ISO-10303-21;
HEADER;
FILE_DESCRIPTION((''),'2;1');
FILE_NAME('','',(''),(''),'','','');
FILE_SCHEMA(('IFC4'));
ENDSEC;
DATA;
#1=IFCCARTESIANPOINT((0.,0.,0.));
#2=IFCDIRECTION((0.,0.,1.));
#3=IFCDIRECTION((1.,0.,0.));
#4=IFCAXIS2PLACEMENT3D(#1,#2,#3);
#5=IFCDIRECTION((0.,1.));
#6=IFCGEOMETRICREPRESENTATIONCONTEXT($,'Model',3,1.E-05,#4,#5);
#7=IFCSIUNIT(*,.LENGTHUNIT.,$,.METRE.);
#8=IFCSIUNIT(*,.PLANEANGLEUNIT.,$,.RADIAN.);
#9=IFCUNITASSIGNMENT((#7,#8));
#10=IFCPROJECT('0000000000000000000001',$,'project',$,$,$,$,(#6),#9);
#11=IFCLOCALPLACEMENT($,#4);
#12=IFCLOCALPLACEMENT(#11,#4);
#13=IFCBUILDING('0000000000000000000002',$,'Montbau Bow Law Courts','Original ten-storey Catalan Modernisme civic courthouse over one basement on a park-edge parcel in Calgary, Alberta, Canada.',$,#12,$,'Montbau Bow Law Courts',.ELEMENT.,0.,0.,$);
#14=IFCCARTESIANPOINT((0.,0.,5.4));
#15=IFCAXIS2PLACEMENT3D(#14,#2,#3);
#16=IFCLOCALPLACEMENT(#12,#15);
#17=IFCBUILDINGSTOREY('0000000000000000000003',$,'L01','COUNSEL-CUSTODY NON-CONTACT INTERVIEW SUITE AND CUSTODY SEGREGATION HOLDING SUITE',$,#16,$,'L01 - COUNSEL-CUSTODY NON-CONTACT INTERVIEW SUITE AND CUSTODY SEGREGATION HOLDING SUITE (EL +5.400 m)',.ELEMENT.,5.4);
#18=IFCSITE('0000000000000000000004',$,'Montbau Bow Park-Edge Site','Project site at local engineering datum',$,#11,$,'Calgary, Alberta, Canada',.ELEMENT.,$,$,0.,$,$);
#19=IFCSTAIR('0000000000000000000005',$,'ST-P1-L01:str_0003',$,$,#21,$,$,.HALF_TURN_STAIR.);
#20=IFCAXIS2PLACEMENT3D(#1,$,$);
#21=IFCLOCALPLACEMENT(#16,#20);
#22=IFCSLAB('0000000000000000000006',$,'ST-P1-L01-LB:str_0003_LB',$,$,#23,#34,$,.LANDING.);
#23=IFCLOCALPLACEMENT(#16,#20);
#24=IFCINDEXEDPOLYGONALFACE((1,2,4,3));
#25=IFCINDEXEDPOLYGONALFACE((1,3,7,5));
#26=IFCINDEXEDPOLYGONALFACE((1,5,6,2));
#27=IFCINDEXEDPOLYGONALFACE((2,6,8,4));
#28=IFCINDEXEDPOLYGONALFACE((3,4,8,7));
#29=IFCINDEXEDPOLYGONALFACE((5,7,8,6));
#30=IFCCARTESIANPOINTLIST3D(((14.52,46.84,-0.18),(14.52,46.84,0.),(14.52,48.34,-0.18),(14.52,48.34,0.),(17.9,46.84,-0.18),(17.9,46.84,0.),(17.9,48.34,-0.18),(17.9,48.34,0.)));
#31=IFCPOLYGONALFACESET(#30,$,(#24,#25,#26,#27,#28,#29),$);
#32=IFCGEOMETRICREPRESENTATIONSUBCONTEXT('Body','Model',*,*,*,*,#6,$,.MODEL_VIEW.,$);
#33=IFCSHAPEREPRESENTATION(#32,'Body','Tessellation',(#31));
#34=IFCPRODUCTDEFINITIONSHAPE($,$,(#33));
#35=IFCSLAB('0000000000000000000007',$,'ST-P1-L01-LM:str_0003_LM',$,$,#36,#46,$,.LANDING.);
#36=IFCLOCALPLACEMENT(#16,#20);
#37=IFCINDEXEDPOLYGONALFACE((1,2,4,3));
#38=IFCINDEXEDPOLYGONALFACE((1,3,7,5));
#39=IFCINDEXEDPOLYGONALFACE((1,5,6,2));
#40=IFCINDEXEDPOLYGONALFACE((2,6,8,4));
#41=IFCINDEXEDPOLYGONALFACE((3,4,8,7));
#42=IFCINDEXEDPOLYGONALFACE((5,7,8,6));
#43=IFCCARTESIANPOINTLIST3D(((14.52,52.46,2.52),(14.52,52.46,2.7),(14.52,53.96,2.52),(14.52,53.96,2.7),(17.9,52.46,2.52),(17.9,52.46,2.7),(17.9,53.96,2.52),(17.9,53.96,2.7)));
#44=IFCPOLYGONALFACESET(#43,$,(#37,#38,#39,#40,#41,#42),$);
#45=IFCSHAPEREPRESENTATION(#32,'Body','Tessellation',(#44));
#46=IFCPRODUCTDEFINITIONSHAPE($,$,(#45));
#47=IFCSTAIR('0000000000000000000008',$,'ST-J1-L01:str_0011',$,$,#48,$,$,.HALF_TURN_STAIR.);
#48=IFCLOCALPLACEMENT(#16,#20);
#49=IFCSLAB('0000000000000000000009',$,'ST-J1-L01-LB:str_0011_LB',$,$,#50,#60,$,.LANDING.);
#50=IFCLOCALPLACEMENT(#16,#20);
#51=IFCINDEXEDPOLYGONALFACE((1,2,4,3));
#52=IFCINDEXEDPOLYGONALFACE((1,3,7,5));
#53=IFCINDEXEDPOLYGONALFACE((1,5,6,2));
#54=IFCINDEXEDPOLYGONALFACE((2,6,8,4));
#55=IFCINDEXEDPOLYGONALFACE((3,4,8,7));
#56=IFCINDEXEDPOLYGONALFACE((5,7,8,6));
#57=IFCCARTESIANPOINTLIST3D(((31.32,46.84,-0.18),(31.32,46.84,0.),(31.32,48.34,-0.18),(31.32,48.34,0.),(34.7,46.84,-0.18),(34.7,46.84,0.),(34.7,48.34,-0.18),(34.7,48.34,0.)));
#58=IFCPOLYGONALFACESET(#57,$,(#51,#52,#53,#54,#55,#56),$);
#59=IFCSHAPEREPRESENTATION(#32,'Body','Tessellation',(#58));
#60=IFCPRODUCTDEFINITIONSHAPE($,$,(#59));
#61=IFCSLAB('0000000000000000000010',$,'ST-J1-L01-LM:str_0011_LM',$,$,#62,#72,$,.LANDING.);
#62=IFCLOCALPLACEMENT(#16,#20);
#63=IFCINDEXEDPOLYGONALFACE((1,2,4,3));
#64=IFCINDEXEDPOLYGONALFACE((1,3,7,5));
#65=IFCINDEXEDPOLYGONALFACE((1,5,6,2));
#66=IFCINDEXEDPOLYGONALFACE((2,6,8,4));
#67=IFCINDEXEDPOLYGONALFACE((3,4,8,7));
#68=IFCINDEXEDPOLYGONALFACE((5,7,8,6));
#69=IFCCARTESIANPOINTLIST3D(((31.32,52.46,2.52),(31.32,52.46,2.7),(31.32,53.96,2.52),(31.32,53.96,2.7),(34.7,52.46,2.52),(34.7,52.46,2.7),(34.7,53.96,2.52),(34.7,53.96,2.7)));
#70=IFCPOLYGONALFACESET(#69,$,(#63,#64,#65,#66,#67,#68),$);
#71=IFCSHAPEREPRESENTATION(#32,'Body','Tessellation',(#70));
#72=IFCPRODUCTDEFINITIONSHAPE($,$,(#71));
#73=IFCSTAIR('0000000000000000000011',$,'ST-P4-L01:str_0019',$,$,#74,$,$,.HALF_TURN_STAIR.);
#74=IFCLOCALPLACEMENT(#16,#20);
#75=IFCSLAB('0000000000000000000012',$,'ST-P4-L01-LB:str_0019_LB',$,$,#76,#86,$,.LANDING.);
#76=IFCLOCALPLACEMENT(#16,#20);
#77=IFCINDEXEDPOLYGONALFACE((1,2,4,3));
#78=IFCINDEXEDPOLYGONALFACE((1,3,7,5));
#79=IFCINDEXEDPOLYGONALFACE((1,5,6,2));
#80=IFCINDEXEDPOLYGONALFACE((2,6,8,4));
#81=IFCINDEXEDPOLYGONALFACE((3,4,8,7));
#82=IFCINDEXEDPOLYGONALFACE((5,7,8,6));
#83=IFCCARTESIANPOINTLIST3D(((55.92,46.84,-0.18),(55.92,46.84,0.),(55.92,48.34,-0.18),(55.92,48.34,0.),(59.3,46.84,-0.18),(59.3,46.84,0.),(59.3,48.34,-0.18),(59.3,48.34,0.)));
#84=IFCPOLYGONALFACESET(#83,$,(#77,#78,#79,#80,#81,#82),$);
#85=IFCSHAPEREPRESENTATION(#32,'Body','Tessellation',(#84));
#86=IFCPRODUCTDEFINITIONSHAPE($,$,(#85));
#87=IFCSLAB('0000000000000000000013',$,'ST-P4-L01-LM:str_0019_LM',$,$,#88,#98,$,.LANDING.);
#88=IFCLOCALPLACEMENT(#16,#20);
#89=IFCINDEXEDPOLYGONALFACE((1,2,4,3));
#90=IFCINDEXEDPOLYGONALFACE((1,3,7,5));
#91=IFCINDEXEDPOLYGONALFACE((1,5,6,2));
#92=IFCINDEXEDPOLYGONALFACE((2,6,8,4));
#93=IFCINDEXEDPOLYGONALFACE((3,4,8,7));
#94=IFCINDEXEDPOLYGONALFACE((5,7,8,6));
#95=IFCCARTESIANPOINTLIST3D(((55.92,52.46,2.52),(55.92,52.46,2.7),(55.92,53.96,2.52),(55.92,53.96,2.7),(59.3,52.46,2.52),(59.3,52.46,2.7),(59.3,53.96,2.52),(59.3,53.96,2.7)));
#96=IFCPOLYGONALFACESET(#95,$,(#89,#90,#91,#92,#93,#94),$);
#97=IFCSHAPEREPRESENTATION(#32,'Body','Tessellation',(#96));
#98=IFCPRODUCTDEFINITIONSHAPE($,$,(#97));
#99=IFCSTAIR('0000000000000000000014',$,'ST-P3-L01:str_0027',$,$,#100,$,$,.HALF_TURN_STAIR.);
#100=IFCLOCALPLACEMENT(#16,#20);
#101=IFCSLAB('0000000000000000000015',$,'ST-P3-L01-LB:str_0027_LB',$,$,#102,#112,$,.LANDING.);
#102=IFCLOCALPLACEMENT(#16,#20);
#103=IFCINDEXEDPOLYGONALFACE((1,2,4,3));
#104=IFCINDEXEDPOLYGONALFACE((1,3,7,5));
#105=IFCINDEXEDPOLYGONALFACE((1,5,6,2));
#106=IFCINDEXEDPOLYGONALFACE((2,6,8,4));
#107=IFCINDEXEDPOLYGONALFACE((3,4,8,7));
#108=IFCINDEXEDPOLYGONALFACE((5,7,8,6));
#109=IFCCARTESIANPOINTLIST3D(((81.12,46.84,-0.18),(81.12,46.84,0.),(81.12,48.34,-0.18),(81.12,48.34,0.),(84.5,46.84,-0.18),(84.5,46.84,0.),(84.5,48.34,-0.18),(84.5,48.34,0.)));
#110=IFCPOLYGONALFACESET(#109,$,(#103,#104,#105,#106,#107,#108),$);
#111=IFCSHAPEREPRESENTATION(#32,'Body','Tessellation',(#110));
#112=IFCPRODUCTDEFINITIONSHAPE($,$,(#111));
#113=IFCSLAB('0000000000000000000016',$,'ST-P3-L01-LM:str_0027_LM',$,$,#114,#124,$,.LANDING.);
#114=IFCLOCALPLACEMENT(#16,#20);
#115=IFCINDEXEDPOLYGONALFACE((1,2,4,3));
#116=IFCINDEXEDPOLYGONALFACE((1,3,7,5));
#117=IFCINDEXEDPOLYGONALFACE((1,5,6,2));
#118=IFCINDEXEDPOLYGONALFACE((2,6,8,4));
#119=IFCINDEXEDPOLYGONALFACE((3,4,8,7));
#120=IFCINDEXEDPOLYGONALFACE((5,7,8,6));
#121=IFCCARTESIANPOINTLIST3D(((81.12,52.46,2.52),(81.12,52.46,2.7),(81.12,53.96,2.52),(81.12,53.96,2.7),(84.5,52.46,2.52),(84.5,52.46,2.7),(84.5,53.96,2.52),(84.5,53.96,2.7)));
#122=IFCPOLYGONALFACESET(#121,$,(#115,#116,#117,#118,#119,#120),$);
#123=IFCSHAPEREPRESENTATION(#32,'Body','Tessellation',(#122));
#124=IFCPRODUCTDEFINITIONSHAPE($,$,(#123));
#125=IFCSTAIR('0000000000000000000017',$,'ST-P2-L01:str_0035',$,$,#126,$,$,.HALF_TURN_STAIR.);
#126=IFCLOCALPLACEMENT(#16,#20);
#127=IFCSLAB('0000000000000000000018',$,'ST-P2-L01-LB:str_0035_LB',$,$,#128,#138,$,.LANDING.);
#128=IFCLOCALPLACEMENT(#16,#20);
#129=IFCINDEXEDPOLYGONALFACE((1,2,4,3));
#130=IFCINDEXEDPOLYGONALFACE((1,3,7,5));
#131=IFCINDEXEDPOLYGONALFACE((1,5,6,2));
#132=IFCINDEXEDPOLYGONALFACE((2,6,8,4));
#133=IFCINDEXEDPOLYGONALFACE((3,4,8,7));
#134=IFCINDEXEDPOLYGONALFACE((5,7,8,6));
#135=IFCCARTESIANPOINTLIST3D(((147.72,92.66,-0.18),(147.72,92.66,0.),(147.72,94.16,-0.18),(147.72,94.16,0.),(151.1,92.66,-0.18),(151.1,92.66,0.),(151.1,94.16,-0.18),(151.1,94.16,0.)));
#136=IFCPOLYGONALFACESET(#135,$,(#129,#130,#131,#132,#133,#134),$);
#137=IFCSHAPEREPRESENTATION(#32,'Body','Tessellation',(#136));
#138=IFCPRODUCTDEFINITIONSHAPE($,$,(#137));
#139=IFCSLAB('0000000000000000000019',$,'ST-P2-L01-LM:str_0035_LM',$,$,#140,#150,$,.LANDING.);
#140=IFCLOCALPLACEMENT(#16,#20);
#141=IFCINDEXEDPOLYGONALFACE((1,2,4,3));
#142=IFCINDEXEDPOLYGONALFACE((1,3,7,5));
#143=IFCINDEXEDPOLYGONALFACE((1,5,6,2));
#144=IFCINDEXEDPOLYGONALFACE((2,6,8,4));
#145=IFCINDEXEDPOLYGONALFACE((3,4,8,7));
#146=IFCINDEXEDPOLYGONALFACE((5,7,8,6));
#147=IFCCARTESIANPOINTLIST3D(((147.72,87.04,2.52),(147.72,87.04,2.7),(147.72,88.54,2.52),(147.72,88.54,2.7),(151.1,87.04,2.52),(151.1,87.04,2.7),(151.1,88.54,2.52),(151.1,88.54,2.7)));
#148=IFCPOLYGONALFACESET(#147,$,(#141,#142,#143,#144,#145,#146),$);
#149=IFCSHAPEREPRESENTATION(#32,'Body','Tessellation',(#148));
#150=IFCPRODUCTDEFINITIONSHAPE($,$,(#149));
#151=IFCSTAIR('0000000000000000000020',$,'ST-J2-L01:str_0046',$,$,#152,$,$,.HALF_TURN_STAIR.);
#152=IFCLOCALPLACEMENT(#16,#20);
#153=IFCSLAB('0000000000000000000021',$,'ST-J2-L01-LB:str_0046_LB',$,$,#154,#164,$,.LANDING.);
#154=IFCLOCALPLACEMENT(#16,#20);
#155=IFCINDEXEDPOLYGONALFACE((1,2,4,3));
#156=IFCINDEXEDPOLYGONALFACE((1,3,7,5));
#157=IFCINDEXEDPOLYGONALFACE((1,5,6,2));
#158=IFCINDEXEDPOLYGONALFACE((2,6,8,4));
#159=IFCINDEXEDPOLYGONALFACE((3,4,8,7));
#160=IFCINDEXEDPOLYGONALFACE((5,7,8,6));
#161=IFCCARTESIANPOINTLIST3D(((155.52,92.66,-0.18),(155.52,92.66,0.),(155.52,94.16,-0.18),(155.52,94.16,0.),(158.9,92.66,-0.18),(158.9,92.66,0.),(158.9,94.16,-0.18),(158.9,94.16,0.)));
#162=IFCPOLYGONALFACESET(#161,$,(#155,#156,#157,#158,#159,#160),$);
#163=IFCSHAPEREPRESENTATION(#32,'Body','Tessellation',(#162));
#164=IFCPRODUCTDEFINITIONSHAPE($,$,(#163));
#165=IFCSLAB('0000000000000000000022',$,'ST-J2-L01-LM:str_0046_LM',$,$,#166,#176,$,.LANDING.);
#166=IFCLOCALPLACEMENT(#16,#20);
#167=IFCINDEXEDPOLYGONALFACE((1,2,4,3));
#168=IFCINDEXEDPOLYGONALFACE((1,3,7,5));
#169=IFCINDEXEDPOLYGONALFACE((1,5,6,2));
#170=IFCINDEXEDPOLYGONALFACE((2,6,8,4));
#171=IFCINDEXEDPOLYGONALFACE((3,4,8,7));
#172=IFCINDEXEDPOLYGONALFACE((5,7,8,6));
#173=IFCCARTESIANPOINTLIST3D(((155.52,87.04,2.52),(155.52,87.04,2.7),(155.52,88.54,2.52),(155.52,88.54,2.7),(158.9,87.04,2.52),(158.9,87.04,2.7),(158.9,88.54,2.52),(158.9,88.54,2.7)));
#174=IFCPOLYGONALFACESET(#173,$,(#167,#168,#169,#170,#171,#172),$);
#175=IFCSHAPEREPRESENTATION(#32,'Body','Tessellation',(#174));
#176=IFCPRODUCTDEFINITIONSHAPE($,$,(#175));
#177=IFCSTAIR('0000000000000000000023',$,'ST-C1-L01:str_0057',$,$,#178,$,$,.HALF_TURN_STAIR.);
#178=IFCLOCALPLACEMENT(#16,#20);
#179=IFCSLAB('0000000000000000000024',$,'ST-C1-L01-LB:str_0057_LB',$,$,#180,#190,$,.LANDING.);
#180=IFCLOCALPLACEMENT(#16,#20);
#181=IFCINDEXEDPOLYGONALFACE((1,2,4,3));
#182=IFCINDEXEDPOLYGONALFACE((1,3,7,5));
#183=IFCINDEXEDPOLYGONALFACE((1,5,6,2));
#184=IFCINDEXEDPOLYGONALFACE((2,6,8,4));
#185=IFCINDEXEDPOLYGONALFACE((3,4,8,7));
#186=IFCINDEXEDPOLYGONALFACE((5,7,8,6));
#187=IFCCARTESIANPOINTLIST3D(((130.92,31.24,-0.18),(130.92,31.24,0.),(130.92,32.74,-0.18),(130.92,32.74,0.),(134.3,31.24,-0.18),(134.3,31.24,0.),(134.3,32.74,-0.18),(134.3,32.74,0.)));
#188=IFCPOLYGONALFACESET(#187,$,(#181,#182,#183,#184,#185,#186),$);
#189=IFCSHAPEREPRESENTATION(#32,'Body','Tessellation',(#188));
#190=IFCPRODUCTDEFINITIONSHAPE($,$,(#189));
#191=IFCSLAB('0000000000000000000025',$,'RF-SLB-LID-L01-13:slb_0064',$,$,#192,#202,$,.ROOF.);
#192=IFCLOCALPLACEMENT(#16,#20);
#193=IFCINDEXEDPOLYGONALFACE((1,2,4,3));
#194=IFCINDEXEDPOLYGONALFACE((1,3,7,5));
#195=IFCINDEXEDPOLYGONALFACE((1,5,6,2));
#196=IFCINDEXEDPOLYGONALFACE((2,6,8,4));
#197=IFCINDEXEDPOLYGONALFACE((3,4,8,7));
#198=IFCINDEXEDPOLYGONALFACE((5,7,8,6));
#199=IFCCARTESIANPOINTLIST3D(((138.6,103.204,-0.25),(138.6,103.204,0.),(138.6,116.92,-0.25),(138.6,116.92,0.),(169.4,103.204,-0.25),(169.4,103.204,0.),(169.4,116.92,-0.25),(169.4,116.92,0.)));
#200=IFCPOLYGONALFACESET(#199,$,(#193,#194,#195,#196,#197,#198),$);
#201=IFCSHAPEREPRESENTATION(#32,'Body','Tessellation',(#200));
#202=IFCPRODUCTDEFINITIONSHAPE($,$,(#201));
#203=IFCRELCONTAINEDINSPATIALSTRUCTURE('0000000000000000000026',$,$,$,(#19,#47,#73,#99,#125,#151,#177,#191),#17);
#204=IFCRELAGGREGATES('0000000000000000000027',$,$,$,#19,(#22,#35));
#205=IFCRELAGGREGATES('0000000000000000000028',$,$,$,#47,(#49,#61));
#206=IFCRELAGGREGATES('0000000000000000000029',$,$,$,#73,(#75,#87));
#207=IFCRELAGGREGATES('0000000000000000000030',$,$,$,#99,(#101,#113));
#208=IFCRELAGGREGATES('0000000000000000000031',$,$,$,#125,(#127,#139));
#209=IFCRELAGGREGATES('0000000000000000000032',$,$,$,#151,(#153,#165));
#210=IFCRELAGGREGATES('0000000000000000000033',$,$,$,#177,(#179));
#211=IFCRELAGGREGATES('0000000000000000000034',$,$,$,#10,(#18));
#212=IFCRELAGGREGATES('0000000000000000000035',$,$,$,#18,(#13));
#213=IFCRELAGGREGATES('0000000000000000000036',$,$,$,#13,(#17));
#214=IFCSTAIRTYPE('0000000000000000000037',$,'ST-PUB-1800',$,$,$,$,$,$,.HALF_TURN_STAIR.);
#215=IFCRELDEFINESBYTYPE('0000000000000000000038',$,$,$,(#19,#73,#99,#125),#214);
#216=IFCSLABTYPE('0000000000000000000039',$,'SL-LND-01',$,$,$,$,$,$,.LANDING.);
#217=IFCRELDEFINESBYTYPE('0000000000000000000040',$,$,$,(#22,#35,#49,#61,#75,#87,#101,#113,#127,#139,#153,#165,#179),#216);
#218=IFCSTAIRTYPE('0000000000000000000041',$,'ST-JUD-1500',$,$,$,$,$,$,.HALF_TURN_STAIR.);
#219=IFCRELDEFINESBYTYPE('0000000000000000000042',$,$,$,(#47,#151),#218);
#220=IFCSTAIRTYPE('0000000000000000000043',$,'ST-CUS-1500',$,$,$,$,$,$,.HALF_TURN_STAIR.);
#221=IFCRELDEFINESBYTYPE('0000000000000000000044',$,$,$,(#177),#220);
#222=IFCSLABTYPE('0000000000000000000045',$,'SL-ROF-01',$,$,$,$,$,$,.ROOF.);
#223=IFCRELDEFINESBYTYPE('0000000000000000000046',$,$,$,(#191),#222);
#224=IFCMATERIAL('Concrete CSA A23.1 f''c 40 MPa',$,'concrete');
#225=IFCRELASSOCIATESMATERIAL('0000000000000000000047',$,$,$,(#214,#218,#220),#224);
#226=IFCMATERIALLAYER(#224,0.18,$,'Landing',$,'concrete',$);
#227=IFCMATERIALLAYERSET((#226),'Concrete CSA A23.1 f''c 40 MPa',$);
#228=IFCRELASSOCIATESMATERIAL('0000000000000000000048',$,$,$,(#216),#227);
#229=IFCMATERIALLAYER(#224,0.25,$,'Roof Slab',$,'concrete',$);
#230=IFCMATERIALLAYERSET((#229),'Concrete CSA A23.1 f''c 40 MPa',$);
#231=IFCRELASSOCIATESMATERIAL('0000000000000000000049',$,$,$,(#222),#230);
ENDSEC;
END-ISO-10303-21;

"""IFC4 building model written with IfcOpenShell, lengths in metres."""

from ifc_helpers import new_model, si_unit, direction, frame, origin_with_axes, place, context, subcontext, project, spatial, polyline, outline, extrude, material, layer, layer_set, type_object, element, aggregate, save


model = new_model("IFC4")

# Units and contexts
model_context = context("Model", 3, precision=1e-05, world=origin_with_axes(), true_north=direction((0.0, 1.0)))
body_context = subcontext(model_context, "Body", "Model", "MODEL_VIEW")
ifc_project = project(units=[si_unit("LENGTHUNIT", "METRE"), si_unit("PLANEANGLEUNIT", "RADIAN")], contexts=[model_context])

# Site, building, storey
site_placement = place(None, origin_with_axes())
site = spatial("IfcSite", under=ifc_project, at=site_placement, Name="Montbau Bow Park-Edge Site", Description="Project site at local engineering datum", LongName="Calgary, Alberta, Canada", CompositionType="ELEMENT", RefElevation=0.0)
building_placement = place(site_placement, origin_with_axes())
building = spatial("IfcBuilding", under=site, at=building_placement, Name="Montbau Bow Law Courts", Description="Original ten-storey Catalan Modernisme civic courthouse over one basement on a park-edge parcel in Calgary, Alberta, Canada.", LongName="Montbau Bow Law Courts", CompositionType="ELEMENT", ElevationOfRefHeight=0.0, ElevationOfTerrain=0.0)
storey_placement = place(building_placement, frame((0.0, 0.0, 5.4), z_axis=(0.0, 0.0, 1.0), x_axis=(1.0, 0.0, 0.0)))
storey = spatial("IfcBuildingStorey", under=building, at=storey_placement, Name="L01", Description="COUNSEL-CUSTODY NON-CONTACT INTERVIEW SUITE AND CUSTODY SEGREGATION HOLDING SUITE", LongName="L01 - COUNSEL-CUSTODY NON-CONTACT INTERVIEW SUITE AND CUSTODY SEGREGATION HOLDING SUITE (EL +5.400 m)", CompositionType="ELEMENT", Elevation=5.4)

# Stairs, slabs
ifc_material = material(Name="Concrete CSA A23.1 f'c 40 MPa", Category="concrete")
stair_type_1 = type_object("IfcStairType", Name="ST-PUB-1800", PredefinedType="HALF_TURN_STAIR", material=ifc_material)
stair_1_placement = place(None, frame((15.29, 48.3, 5.4), z_axis=(0.0, 0.0, 1.0), x_axis=(1.0, 0.0, 0.0)))
stair_1 = element("IfcStair", 1, at=stair_1_placement, inside=storey, type_object=stair_type_1, Name="ST-P1-L01:str_0003", PredefinedType="HALF_TURN_STAIR")
ifc_layer_1 = layer(ifc_material, 0.18, Name="Landing", Category="concrete")
ifc_layer_set_1 = layer_set([ifc_layer_1], Name="Concrete CSA A23.1 f'c 40 MPa")
slab_type_1 = type_object("IfcSlabType", Name="SL-LND-01", PredefinedType="LANDING", material=ifc_layer_set_1)
slab_1_placement = place(None, frame((0.0, 0.0, 5.22), z_axis=(0.0, 0.0, 1.0), x_axis=(1.0, 0.0, 0.0)))
slab_1 = element("IfcSlab", 2, at=slab_1_placement, type_object=slab_type_1, Name="ST-P1-L01-LB:str_0003_LB", PredefinedType="LANDING", context=body_context, shape_type="SweptSolid", body=[
    extrude(outline(polyline([(14.52, 46.84), (17.9, 46.84), (17.9, 48.34), (14.52, 48.34), (14.52, 46.84)])), origin_with_axes(), (0.0, 0.0, 1.0), 0.18),
])
slab_2_placement = place(None, frame((0.0, 0.0, 7.92), z_axis=(0.0, 0.0, 1.0), x_axis=(1.0, 0.0, 0.0)))
slab_2 = element("IfcSlab", 3, at=slab_2_placement, type_object=slab_type_1, Name="ST-P1-L01-LM:str_0003_LM", PredefinedType="LANDING", context=body_context, shape_type="SweptSolid", body=[
    extrude(outline(polyline([(14.52, 52.46), (17.9, 52.46), (17.9, 53.96), (14.52, 53.96), (14.52, 52.46)])), origin_with_axes(), (0.0, 0.0, 1.0), 0.18),
])
aggregate(stair_1, [slab_1, slab_2])
stair_type_2 = type_object("IfcStairType", Name="ST-JUD-1500", PredefinedType="HALF_TURN_STAIR", material=ifc_material)
stair_2_placement = place(None, frame((32.05, 48.3, 5.4), z_axis=(0.0, 0.0, 1.0), x_axis=(1.0, 0.0, 0.0)))
stair_2 = element("IfcStair", 4, at=stair_2_placement, inside=storey, type_object=stair_type_2, Name="ST-J1-L01:str_0011", PredefinedType="HALF_TURN_STAIR")
slab_3_placement = place(None, frame((0.0, 0.0, 5.22), z_axis=(0.0, 0.0, 1.0), x_axis=(1.0, 0.0, 0.0)))
slab_3 = element("IfcSlab", 5, at=slab_3_placement, type_object=slab_type_1, Name="ST-J1-L01-LB:str_0011_LB", PredefinedType="LANDING", context=body_context, shape_type="SweptSolid", body=[
    extrude(outline(polyline([(31.32, 46.84), (34.7, 46.84), (34.7, 48.34), (31.32, 48.34), (31.32, 46.84)])), origin_with_axes(), (0.0, 0.0, 1.0), 0.18),
])
slab_4_placement = place(None, frame((0.0, 0.0, 7.92), z_axis=(0.0, 0.0, 1.0), x_axis=(1.0, 0.0, 0.0)))
slab_4 = element("IfcSlab", 6, at=slab_4_placement, type_object=slab_type_1, Name="ST-J1-L01-LM:str_0011_LM", PredefinedType="LANDING", context=body_context, shape_type="SweptSolid", body=[
    extrude(outline(polyline([(31.32, 52.46), (34.7, 52.46), (34.7, 53.96), (31.32, 53.96), (31.32, 52.46)])), origin_with_axes(), (0.0, 0.0, 1.0), 0.18),
])
aggregate(stair_2, [slab_3, slab_4])
stair_3_placement = place(None, frame((56.69, 48.3, 5.4), z_axis=(0.0, 0.0, 1.0), x_axis=(1.0, 0.0, 0.0)))
stair_3 = element("IfcStair", 7, at=stair_3_placement, inside=storey, type_object=stair_type_1, Name="ST-P4-L01:str_0019", PredefinedType="HALF_TURN_STAIR")
slab_5_placement = place(None, frame((0.0, 0.0, 5.22), z_axis=(0.0, 0.0, 1.0), x_axis=(1.0, 0.0, 0.0)))
slab_5 = element("IfcSlab", 8, at=slab_5_placement, type_object=slab_type_1, Name="ST-P4-L01-LB:str_0019_LB", PredefinedType="LANDING", context=body_context, shape_type="SweptSolid", body=[
    extrude(outline(polyline([(55.92, 46.84), (59.3, 46.84), (59.3, 48.34), (55.92, 48.34), (55.92, 46.84)])), origin_with_axes(), (0.0, 0.0, 1.0), 0.18),
])
slab_6_placement = place(None, frame((0.0, 0.0, 7.92), z_axis=(0.0, 0.0, 1.0), x_axis=(1.0, 0.0, 0.0)))
slab_6 = element("IfcSlab", 9, at=slab_6_placement, type_object=slab_type_1, Name="ST-P4-L01-LM:str_0019_LM", PredefinedType="LANDING", context=body_context, shape_type="SweptSolid", body=[
    extrude(outline(polyline([(55.92, 52.46), (59.3, 52.46), (59.3, 53.96), (55.92, 53.96), (55.92, 52.46)])), origin_with_axes(), (0.0, 0.0, 1.0), 0.18),
])
aggregate(stair_3, [slab_5, slab_6])
stair_4_placement = place(None, frame((81.89, 48.3, 5.4), z_axis=(0.0, 0.0, 1.0), x_axis=(1.0, 0.0, 0.0)))
stair_4 = element("IfcStair", 10, at=stair_4_placement, inside=storey, type_object=stair_type_1, Name="ST-P3-L01:str_0027", PredefinedType="HALF_TURN_STAIR")
slab_7_placement = place(None, frame((0.0, 0.0, 5.22), z_axis=(0.0, 0.0, 1.0), x_axis=(1.0, 0.0, 0.0)))
slab_7 = element("IfcSlab", 11, at=slab_7_placement, type_object=slab_type_1, Name="ST-P3-L01-LB:str_0027_LB", PredefinedType="LANDING", context=body_context, shape_type="SweptSolid", body=[
    extrude(outline(polyline([(81.12, 46.84), (84.5, 46.84), (84.5, 48.34), (81.12, 48.34), (81.12, 46.84)])), origin_with_axes(), (0.0, 0.0, 1.0), 0.18),
])
slab_8_placement = place(None, frame((0.0, 0.0, 7.92), z_axis=(0.0, 0.0, 1.0), x_axis=(1.0, 0.0, 0.0)))
slab_8 = element("IfcSlab", 12, at=slab_8_placement, type_object=slab_type_1, Name="ST-P3-L01-LM:str_0027_LM", PredefinedType="LANDING", context=body_context, shape_type="SweptSolid", body=[
    extrude(outline(polyline([(81.12, 52.46), (84.5, 52.46), (84.5, 53.96), (81.12, 53.96), (81.12, 52.46)])), origin_with_axes(), (0.0, 0.0, 1.0), 0.18),
])
aggregate(stair_4, [slab_7, slab_8])
stair_5_placement = place(None, frame((148.49, 92.7, 5.4), z_axis=(0.0, 0.0, 1.0), x_axis=(1.0, 0.0, 0.0)))
stair_5 = element("IfcStair", 13, at=stair_5_placement, inside=storey, type_object=stair_type_1, Name="ST-P2-L01:str_0035", PredefinedType="HALF_TURN_STAIR")
slab_9_placement = place(None, frame((0.0, 0.0, 5.22), z_axis=(0.0, 0.0, 1.0), x_axis=(1.0, 0.0, 0.0)))
slab_9 = element("IfcSlab", 14, at=slab_9_placement, type_object=slab_type_1, Name="ST-P2-L01-LB:str_0035_LB", PredefinedType="LANDING", context=body_context, shape_type="SweptSolid", body=[
    extrude(outline(polyline([(147.72, 92.66), (151.1, 92.66), (151.1, 94.16), (147.72, 94.16), (147.72, 92.66)])), origin_with_axes(), (0.0, 0.0, 1.0), 0.18),
])
slab_10_placement = place(None, frame((0.0, 0.0, 7.92), z_axis=(0.0, 0.0, 1.0), x_axis=(1.0, 0.0, 0.0)))
slab_10 = element("IfcSlab", 15, at=slab_10_placement, type_object=slab_type_1, Name="ST-P2-L01-LM:str_0035_LM", PredefinedType="LANDING", context=body_context, shape_type="SweptSolid", body=[
    extrude(outline(polyline([(147.72, 87.04), (151.1, 87.04), (151.1, 88.54), (147.72, 88.54), (147.72, 87.04)])), origin_with_axes(), (0.0, 0.0, 1.0), 0.18),
])
aggregate(stair_5, [slab_9, slab_10])
stair_6_placement = place(None, frame((156.25, 92.7, 5.4), z_axis=(0.0, 0.0, 1.0), x_axis=(1.0, 0.0, 0.0)))
stair_6 = element("IfcStair", 16, at=stair_6_placement, inside=storey, type_object=stair_type_2, Name="ST-J2-L01:str_0046", PredefinedType="HALF_TURN_STAIR")
slab_11_placement = place(None, frame((0.0, 0.0, 5.22), z_axis=(0.0, 0.0, 1.0), x_axis=(1.0, 0.0, 0.0)))
slab_11 = element("IfcSlab", 17, at=slab_11_placement, type_object=slab_type_1, Name="ST-J2-L01-LB:str_0046_LB", PredefinedType="LANDING", context=body_context, shape_type="SweptSolid", body=[
    extrude(outline(polyline([(155.52, 92.66), (158.9, 92.66), (158.9, 94.16), (155.52, 94.16), (155.52, 92.66)])), origin_with_axes(), (0.0, 0.0, 1.0), 0.18),
])
slab_12_placement = place(None, frame((0.0, 0.0, 7.92), z_axis=(0.0, 0.0, 1.0), x_axis=(1.0, 0.0, 0.0)))
slab_12 = element("IfcSlab", 18, at=slab_12_placement, type_object=slab_type_1, Name="ST-J2-L01-LM:str_0046_LM", PredefinedType="LANDING", context=body_context, shape_type="SweptSolid", body=[
    extrude(outline(polyline([(155.52, 87.04), (158.9, 87.04), (158.9, 88.54), (155.52, 88.54), (155.52, 87.04)])), origin_with_axes(), (0.0, 0.0, 1.0), 0.18),
])
aggregate(stair_6, [slab_11, slab_12])

# Stair, slab
stair_type_3 = type_object("IfcStairType", Name="ST-CUS-1500", PredefinedType="HALF_TURN_STAIR", material=ifc_material)
stair_7_placement = place(None, frame((131.65, 32.7, 5.4), z_axis=(0.0, 0.0, 1.0), x_axis=(1.0, 0.0, 0.0)))
stair_7 = element("IfcStair", 19, at=stair_7_placement, inside=storey, type_object=stair_type_3, Name="ST-C1-L01:str_0057", PredefinedType="HALF_TURN_STAIR")
slab_13_placement = place(None, frame((0.0, 0.0, 5.22), z_axis=(0.0, 0.0, 1.0), x_axis=(1.0, 0.0, 0.0)))
slab_13 = element("IfcSlab", 20, at=slab_13_placement, type_object=slab_type_1, Name="ST-C1-L01-LB:str_0057_LB", PredefinedType="LANDING", context=body_context, shape_type="SweptSolid", body=[
    extrude(outline(polyline([(130.92, 31.24), (134.3, 31.24), (134.3, 32.74), (130.92, 32.74), (130.92, 31.24)])), origin_with_axes(), (0.0, 0.0, 1.0), 0.18),
])
aggregate(stair_7, [slab_13])

# Slab
ifc_layer_2 = layer(ifc_material, 0.25, Name="Roof Slab", Category="concrete")
ifc_layer_set_2 = layer_set([ifc_layer_2], Name="Concrete CSA A23.1 f'c 40 MPa")
slab_type_2 = type_object("IfcSlabType", Name="SL-ROF-01", PredefinedType="ROOF", material=ifc_layer_set_2)
slab_14_placement = place(None, frame((0.0, 0.0, 5.15), z_axis=(0.0, 0.0, 1.0), x_axis=(1.0, 0.0, 0.0)))
element("IfcSlab", 21, at=slab_14_placement, inside=storey, type_object=slab_type_2, Name="RF-SLB-LID-L01-13:slb_0064", PredefinedType="ROOF", context=body_context, shape_type="SweptSolid", body=[
    extrude(outline(polyline([(138.6, 116.92), (169.4, 116.92), (169.4, 103.204), (138.6, 103.204), (138.6, 116.92)])), origin_with_axes(), (0.0, 0.0, 1.0), 0.25),
])

save(model, "model.ifc")
